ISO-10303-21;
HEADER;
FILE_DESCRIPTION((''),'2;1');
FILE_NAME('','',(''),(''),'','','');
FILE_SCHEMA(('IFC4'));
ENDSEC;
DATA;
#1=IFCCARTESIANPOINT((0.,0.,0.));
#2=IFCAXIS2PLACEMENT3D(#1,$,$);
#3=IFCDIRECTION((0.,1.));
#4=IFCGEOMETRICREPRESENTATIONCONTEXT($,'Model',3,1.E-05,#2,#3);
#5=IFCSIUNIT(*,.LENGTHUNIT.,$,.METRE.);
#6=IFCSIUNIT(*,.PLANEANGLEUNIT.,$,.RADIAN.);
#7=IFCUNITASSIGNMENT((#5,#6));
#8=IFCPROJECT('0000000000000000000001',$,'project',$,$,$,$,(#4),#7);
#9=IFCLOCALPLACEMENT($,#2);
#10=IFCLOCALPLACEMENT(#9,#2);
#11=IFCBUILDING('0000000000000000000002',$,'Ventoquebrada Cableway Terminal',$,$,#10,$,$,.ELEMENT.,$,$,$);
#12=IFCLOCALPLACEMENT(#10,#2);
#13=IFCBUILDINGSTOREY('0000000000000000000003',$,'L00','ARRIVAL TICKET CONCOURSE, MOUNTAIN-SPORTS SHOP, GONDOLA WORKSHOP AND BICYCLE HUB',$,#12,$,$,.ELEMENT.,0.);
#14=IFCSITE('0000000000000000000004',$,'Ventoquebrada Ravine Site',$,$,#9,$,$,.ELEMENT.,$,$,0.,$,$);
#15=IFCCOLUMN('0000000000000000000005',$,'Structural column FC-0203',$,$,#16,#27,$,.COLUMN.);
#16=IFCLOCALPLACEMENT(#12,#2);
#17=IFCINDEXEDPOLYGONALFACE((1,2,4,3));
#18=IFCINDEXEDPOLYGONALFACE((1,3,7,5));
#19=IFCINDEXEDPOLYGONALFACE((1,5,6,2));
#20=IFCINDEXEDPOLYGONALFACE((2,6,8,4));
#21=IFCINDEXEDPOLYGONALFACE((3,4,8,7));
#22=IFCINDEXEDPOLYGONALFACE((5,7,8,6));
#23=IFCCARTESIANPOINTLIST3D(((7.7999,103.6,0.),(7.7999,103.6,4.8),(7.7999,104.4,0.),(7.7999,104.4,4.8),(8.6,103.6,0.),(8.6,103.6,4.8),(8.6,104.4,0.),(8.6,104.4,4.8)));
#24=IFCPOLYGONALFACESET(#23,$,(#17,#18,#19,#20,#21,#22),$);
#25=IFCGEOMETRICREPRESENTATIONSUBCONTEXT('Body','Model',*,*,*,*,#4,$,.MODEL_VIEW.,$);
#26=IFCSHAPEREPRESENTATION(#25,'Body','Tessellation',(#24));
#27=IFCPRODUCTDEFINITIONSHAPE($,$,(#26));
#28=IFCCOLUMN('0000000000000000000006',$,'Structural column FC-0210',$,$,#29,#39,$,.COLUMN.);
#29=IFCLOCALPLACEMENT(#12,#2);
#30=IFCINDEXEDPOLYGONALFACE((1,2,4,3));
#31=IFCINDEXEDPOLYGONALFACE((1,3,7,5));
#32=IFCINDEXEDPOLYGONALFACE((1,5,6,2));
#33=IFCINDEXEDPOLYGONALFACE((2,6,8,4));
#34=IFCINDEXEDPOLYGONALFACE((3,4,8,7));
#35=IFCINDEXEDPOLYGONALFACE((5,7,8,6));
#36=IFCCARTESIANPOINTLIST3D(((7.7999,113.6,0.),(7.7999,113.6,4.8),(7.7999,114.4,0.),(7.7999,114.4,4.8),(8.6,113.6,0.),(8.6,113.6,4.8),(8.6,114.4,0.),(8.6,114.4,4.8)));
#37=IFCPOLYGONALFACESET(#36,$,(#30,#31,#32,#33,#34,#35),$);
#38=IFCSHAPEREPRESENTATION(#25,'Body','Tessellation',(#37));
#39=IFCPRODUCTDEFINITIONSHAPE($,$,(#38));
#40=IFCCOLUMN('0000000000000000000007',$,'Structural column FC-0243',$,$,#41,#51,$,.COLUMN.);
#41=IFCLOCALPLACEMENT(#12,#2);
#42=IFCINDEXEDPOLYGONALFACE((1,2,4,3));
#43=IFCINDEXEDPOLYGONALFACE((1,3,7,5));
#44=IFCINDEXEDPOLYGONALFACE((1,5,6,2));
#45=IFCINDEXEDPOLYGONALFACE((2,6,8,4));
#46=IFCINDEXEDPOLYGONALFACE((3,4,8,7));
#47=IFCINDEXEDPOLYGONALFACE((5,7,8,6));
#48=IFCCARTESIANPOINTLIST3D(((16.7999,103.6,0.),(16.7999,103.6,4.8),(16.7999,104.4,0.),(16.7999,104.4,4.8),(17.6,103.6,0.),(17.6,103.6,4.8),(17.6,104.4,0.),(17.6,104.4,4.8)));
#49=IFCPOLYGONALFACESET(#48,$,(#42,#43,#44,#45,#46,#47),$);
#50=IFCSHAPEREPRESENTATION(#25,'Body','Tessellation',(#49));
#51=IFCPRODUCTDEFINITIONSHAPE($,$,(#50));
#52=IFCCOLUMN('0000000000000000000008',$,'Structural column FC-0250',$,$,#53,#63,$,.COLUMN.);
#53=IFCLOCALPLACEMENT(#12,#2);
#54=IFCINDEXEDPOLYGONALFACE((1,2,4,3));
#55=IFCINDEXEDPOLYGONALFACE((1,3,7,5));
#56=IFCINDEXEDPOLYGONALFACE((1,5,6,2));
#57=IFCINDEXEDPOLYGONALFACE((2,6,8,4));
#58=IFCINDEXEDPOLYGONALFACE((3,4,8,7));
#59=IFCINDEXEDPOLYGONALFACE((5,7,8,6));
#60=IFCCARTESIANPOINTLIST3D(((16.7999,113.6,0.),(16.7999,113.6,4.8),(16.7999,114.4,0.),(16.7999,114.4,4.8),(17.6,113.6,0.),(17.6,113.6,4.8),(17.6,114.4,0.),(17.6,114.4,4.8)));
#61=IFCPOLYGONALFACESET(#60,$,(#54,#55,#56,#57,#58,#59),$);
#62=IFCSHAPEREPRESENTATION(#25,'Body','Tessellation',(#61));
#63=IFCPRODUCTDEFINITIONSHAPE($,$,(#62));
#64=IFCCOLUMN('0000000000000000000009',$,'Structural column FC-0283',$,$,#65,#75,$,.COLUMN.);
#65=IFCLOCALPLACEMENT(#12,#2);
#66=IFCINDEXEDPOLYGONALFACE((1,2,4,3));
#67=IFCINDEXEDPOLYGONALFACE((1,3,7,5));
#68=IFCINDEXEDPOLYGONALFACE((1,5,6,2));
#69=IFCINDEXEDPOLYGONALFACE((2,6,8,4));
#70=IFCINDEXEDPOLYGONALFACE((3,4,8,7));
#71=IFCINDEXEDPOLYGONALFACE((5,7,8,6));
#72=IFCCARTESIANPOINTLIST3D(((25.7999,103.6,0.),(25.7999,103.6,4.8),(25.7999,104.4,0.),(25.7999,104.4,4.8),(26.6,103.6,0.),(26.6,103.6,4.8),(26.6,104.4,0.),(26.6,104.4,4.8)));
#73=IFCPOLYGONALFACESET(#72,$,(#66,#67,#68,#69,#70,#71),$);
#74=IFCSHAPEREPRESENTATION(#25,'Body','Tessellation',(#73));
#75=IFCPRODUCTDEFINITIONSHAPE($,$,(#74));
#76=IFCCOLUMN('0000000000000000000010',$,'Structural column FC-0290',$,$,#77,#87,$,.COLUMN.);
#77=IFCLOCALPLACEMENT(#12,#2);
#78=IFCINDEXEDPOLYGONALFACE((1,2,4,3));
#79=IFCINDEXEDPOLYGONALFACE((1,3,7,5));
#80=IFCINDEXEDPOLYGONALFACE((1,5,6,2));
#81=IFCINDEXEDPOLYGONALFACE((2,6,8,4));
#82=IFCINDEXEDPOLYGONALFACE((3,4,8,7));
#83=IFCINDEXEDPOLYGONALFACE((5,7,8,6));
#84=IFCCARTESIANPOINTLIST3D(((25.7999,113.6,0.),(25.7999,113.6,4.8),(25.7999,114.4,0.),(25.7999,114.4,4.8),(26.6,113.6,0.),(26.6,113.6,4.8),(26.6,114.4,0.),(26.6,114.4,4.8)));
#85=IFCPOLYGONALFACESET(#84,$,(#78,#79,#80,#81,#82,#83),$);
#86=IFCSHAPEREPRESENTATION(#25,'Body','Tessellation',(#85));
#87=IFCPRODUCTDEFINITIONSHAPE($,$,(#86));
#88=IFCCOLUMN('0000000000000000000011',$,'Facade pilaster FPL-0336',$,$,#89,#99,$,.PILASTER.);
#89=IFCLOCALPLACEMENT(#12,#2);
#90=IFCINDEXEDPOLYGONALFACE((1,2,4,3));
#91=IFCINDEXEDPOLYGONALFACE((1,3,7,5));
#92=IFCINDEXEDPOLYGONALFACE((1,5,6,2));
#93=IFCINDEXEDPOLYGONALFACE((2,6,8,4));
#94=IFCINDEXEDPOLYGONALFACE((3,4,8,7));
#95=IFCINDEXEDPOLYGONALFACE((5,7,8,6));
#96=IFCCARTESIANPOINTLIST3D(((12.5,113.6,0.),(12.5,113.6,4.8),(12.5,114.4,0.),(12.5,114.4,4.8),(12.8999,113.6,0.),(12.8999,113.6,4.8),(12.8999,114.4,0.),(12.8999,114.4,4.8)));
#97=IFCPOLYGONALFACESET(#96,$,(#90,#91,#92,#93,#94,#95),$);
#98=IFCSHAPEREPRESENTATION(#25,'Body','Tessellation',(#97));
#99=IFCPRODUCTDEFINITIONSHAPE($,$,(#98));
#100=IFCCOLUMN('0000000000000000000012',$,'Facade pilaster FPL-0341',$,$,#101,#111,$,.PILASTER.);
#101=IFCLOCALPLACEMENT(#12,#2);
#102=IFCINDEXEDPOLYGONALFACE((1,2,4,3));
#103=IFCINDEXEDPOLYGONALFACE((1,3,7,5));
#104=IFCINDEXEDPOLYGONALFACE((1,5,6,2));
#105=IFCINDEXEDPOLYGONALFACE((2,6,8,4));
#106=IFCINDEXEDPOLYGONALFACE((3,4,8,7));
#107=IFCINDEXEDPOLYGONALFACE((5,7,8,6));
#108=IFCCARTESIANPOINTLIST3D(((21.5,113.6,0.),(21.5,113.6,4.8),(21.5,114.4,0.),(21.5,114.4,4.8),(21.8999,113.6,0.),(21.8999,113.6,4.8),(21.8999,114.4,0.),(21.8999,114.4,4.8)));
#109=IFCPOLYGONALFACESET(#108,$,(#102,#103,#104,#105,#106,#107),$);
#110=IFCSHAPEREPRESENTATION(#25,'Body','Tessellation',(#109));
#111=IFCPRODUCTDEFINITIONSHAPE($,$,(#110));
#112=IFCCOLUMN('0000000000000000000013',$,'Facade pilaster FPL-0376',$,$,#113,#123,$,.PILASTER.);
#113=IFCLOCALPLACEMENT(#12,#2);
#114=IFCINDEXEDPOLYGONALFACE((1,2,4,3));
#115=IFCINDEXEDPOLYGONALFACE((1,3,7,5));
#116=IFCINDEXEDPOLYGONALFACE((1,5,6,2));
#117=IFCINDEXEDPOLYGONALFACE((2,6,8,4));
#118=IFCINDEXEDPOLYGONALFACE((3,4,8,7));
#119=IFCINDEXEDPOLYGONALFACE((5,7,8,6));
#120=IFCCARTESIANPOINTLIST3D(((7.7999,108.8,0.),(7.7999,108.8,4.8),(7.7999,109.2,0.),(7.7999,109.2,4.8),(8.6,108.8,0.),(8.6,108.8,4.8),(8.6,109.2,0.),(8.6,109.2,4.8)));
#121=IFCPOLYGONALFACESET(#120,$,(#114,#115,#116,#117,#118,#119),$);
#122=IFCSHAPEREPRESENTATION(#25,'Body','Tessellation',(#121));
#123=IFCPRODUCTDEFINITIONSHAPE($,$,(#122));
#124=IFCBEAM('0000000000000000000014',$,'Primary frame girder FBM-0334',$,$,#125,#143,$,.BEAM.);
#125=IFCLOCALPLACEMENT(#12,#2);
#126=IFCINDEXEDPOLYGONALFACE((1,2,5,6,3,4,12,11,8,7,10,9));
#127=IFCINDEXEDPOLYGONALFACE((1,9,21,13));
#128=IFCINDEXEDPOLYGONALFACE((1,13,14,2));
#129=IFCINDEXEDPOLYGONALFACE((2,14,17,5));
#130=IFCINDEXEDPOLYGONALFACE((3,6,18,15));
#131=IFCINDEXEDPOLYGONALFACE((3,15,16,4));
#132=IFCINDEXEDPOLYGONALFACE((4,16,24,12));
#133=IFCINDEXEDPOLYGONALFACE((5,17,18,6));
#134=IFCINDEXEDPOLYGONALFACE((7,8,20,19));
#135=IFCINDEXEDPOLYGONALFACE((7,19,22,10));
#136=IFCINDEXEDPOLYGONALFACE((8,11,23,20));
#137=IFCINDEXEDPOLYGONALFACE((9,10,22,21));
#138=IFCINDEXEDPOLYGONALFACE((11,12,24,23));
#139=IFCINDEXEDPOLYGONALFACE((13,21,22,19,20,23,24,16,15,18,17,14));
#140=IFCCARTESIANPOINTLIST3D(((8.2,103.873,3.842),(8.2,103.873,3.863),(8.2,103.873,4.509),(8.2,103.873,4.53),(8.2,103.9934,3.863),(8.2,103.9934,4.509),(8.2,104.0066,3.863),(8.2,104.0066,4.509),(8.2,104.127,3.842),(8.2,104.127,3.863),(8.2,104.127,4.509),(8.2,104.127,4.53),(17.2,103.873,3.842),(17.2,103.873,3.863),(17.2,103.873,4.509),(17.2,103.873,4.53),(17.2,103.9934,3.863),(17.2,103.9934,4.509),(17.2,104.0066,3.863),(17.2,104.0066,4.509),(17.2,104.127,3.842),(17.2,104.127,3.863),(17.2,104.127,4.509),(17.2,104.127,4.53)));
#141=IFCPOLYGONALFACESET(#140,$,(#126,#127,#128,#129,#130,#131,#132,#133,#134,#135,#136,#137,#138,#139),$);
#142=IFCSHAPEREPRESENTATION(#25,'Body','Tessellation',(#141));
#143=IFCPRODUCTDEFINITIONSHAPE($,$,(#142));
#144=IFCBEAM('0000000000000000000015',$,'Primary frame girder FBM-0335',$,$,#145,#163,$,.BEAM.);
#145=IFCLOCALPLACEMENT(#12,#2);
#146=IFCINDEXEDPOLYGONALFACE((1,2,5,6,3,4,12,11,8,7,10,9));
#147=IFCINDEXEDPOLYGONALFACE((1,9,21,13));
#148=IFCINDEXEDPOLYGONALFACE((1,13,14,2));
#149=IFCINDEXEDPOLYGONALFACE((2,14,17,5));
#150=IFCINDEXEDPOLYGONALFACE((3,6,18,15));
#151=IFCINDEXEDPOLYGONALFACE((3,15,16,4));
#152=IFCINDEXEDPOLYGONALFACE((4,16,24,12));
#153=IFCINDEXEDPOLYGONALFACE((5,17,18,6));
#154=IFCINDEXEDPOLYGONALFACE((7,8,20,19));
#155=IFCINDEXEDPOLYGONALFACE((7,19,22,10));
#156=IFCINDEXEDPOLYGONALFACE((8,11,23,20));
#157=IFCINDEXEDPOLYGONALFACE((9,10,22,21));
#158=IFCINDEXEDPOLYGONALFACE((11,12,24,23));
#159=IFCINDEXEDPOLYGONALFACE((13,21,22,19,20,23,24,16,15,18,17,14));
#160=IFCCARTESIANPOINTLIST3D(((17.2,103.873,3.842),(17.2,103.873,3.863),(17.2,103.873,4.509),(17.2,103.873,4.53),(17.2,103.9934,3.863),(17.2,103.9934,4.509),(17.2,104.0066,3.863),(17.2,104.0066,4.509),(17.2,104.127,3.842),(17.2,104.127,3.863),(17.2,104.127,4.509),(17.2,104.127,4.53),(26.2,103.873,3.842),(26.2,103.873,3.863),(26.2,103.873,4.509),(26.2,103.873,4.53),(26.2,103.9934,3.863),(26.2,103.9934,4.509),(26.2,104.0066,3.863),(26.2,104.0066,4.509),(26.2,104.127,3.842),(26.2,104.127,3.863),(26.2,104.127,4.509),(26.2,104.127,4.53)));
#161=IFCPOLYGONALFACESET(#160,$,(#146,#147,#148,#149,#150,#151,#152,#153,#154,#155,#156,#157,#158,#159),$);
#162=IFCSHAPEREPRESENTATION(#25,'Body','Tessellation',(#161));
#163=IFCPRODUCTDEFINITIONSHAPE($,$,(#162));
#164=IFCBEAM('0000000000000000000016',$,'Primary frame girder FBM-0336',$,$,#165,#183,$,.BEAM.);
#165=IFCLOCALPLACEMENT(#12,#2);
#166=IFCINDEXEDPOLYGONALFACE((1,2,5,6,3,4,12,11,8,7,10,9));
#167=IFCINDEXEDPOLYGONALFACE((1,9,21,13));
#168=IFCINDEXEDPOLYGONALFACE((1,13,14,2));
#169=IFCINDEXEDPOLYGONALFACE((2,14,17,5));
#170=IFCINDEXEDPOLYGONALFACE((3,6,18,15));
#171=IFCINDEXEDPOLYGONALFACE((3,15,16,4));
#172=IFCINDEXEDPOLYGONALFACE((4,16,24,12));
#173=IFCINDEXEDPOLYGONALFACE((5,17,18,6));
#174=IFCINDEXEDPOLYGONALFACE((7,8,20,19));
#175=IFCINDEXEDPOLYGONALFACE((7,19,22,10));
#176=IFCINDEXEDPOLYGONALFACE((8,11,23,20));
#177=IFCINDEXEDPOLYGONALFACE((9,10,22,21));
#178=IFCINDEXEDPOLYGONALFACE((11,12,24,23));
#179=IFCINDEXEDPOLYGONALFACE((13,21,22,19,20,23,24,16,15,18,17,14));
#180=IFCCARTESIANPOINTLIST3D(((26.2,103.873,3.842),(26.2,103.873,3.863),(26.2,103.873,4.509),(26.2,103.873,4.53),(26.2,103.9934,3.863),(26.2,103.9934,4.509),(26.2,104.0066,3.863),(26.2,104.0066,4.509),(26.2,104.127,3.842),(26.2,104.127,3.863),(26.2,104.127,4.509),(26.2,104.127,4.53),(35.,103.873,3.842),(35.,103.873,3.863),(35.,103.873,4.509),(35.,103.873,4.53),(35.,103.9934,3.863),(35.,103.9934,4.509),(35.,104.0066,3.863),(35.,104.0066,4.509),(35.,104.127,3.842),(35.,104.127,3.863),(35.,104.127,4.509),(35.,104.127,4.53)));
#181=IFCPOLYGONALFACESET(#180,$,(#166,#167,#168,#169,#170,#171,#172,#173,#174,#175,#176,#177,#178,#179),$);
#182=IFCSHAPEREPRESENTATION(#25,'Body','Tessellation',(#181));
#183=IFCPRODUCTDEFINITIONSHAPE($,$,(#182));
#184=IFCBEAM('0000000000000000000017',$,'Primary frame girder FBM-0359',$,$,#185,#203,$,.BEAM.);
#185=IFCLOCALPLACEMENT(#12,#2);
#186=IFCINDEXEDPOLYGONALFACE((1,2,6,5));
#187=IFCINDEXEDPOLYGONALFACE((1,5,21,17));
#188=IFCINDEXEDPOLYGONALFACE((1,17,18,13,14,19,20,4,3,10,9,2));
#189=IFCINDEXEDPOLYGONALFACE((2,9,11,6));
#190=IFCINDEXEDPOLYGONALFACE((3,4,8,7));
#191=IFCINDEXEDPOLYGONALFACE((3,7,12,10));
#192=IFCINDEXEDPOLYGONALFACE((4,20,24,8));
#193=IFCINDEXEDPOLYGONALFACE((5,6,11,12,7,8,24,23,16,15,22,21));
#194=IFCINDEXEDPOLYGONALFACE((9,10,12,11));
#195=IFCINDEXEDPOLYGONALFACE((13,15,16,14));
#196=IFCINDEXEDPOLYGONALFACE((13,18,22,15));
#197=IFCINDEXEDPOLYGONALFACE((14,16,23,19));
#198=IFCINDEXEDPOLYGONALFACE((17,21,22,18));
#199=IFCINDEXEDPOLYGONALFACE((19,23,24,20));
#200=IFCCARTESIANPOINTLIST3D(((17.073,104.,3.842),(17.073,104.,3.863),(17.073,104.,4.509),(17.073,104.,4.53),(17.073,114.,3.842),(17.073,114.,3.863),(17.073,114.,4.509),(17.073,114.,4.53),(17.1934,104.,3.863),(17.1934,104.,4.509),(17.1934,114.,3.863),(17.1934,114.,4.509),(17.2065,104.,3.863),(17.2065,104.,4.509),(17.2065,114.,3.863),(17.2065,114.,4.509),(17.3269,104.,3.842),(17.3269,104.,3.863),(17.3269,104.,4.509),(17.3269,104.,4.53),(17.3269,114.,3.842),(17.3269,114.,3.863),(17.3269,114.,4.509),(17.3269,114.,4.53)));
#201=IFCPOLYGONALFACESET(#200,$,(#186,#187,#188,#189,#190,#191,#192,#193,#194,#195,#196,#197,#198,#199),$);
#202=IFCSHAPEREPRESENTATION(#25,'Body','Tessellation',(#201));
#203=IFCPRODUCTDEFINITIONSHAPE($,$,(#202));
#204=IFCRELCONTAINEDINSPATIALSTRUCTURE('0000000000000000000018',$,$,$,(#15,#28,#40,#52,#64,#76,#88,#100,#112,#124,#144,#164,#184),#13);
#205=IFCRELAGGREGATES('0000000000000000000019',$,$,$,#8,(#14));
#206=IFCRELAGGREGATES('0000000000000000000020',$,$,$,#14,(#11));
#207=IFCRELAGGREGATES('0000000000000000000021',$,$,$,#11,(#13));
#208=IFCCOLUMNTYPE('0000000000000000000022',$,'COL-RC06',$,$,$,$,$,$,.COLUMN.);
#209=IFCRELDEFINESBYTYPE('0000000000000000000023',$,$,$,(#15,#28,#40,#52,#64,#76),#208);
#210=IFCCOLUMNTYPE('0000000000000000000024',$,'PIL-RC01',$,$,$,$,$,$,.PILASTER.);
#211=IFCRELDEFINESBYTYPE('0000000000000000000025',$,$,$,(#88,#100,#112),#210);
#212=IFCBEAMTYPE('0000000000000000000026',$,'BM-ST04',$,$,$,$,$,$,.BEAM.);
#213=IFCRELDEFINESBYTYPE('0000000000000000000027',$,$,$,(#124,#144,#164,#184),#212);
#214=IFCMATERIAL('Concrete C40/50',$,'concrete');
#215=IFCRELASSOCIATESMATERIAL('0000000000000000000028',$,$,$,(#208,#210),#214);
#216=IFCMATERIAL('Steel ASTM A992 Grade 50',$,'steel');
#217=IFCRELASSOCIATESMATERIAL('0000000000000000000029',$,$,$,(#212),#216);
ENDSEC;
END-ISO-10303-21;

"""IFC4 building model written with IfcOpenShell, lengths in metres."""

from ifc_helpers import new_model, si_unit, direction, frame, origin, origin_2d, place, context, subcontext, project, spatial, rectangle, i_section, extrude, material, material_profile, profile_set, type_object, element, save


model = new_model("IFC4")

# Units and contexts
model_context = context("Model", 3, precision=1e-05, world=origin(), true_north=direction((0.0, 1.0)))
body_context = subcontext(model_context, "Body", "Model", "MODEL_VIEW")
ifc_project = project(units=[si_unit("LENGTHUNIT", "METRE"), si_unit("PLANEANGLEUNIT", "RADIAN")], contexts=[model_context])

# Site, building, storey
site_placement = place(None, origin())
site = spatial("IfcSite", under=ifc_project, at=site_placement, Name="Ventoquebrada Ravine Site", CompositionType="ELEMENT", RefElevation=0.0)
building_placement = place(site_placement, origin())
building = spatial("IfcBuilding", under=site, at=building_placement, Name="Ventoquebrada Cableway Terminal", CompositionType="ELEMENT")
storey_placement = place(building_placement, origin())
storey = spatial("IfcBuildingStorey", under=building, at=storey_placement, Name="L00", Description="ARRIVAL TICKET CONCOURSE, MOUNTAIN-SPORTS SHOP, GONDOLA WORKSHOP AND BICYCLE HUB", CompositionType="ELEMENT", Elevation=0.0)

# Columns
ifc_material_1 = material(Name="Concrete C40/50", Category="concrete")
ifc_material_profile_1 = material_profile(ifc_material_1, rectangle(XDim=0.8, YDim=0.8, at=origin_2d()), Name="RC-COL-800X800")
ifc_profile_set_1 = profile_set([ifc_material_profile_1], Name="Concrete C40/50")
column_type_1 = type_object("IfcColumnType", Name="COL-RC06", PredefinedType="COLUMN", material=ifc_profile_set_1)
for number, where, z_axis, x_axis, name in (
    (1, (8.2, 104.0, 0.0), (0.0, 0.0, 1.0), (1.0, 0.0, 0.0), "Structural column FC-0203"),
    (2, (8.2, 114.0, 0.0), (0.0, 0.0, 1.0), (1.0, 0.0, 0.0), "Structural column FC-0210"),
    (3, (17.2, 104.0, 0.0), (0.0, 0.0, 1.0), (1.0, 0.0, 0.0), "Structural column FC-0243"),
    (4, (17.2, 114.0, 0.0), (0.0, 0.0, 1.0), (1.0, 0.0, 0.0), "Structural column FC-0250"),
    (5, (26.2, 104.0, 0.0), (0.0, 0.0, 1.0), (1.0, 0.0, 0.0), "Structural column FC-0283"),
    (6, (26.2, 114.0, 0.0), (0.0, 0.0, 1.0), (1.0, 0.0, 0.0), "Structural column FC-0290"),
):
    element("IfcColumn", number, at=place(storey_placement, frame(where, z_axis=z_axis, x_axis=x_axis)), inside=storey, type_object=column_type_1, Name=name, PredefinedType="COLUMN", context=body_context, shape_type="SweptSolid", body=[
        extrude(rectangle(XDim=0.8, YDim=0.8, at=origin_2d()), origin(), (0.0, 0.0, 1.0), 4.8),
    ])
ifc_material_profile_2 = material_profile(ifc_material_1, rectangle(XDim=0.3999, YDim=0.8, at=origin_2d()), Name="RC-PIL-400X800")
ifc_profile_set_2 = profile_set([ifc_material_profile_2], Name="Concrete C40/50")
column_type_2 = type_object("IfcColumnType", Name="PIL-RC01", PredefinedType="PILASTER", material=ifc_profile_set_2)
for number, where, z_axis, x_axis, name in (
    (7, (12.7, 114.0, 0.0), (0.0, 0.0, 1.0), (1.0, 0.0, 0.0), "Facade pilaster FPL-0336"),
    (8, (21.7, 114.0, 0.0), (0.0, 0.0, 1.0), (1.0, 0.0, 0.0), "Facade pilaster FPL-0341"),
    (9, (8.2, 109.0, 0.0), (0.0, 0.0, 1.0), (0.0, 1.0, 0.0), "Facade pilaster FPL-0376"),
):
    element("IfcColumn", number, at=place(storey_placement, frame(where, z_axis=z_axis, x_axis=x_axis)), inside=storey, type_object=column_type_2, Name=name, PredefinedType="PILASTER", context=body_context, shape_type="SweptSolid", body=[
        extrude(rectangle(XDim=0.3999, YDim=0.8, at=origin_2d()), origin(), (0.0, 0.0, 1.0), 4.8),
    ])

# Beams
ifc_material_2 = material(Name="Steel ASTM A992 Grade 50", Category="steel")
ifc_material_profile_3 = material_profile(ifc_material_2, i_section(OverallWidth=0.2539, OverallDepth=0.688, WebThickness=0.0132, FlangeThickness=0.021, at=origin_2d()), Name="W27X102")
ifc_profile_set_3 = profile_set([ifc_material_profile_3], Name="Steel ASTM A992 Grade 50")
beam_type_1 = type_object("IfcBeamType", Name="BM-ST04", PredefinedType="BEAM", material=ifc_profile_set_3)
for number, where, z_axis, x_axis, name in (
    (10, (8.2, 104.0, 4.186), (1.0, 0.0, 0.0), (0.0, 1.0, 0.0), "Primary frame girder FBM-0334"),
    (11, (17.2, 104.0, 4.186), (1.0, 0.0, 0.0), (0.0, 1.0, 0.0), "Primary frame girder FBM-0335"),
):
    element("IfcBeam", number, at=place(storey_placement, frame(where, z_axis=z_axis, x_axis=x_axis)), inside=storey, type_object=beam_type_1, Name=name, PredefinedType="BEAM", context=body_context, shape_type="SweptSolid", body=[
        extrude(i_section(OverallWidth=0.2539, OverallDepth=0.688, WebThickness=0.0132, FlangeThickness=0.021, at=origin_2d()), origin(), (0.0, 0.0, 1.0), 9.0),
    ])
beam_1_placement = place(storey_placement, frame((26.2, 104.0, 4.186), z_axis=(1.0, 0.0, 0.0), x_axis=(0.0, 1.0, 0.0)))
element("IfcBeam", 12, at=beam_1_placement, inside=storey, type_object=beam_type_1, Name="Primary frame girder FBM-0336", PredefinedType="BEAM", context=body_context, shape_type="SweptSolid", body=[
    extrude(i_section(OverallWidth=0.2539, OverallDepth=0.688, WebThickness=0.0132, FlangeThickness=0.021, at=origin_2d()), origin(), (0.0, 0.0, 1.0), 8.8),
])
for number, where, z_axis, x_axis, name in (
    (13, (17.2, 104.0, 4.186), (0.0, 1.0, 0.0), (-1.0, 0.0, 0.0), "Primary frame girder FBM-0359"),
):
    element("IfcBeam", number, at=place(storey_placement, frame(where, z_axis=z_axis, x_axis=x_axis)), inside=storey, type_object=beam_type_1, Name=name, PredefinedType="BEAM", context=body_context, shape_type="SweptSolid", body=[
        extrude(i_section(OverallWidth=0.2539, OverallDepth=0.688, WebThickness=0.0132, FlangeThickness=0.021, at=origin_2d()), origin(), (0.0, 0.0, 1.0), 10.0),
    ])

save(model, "model.ifc")
